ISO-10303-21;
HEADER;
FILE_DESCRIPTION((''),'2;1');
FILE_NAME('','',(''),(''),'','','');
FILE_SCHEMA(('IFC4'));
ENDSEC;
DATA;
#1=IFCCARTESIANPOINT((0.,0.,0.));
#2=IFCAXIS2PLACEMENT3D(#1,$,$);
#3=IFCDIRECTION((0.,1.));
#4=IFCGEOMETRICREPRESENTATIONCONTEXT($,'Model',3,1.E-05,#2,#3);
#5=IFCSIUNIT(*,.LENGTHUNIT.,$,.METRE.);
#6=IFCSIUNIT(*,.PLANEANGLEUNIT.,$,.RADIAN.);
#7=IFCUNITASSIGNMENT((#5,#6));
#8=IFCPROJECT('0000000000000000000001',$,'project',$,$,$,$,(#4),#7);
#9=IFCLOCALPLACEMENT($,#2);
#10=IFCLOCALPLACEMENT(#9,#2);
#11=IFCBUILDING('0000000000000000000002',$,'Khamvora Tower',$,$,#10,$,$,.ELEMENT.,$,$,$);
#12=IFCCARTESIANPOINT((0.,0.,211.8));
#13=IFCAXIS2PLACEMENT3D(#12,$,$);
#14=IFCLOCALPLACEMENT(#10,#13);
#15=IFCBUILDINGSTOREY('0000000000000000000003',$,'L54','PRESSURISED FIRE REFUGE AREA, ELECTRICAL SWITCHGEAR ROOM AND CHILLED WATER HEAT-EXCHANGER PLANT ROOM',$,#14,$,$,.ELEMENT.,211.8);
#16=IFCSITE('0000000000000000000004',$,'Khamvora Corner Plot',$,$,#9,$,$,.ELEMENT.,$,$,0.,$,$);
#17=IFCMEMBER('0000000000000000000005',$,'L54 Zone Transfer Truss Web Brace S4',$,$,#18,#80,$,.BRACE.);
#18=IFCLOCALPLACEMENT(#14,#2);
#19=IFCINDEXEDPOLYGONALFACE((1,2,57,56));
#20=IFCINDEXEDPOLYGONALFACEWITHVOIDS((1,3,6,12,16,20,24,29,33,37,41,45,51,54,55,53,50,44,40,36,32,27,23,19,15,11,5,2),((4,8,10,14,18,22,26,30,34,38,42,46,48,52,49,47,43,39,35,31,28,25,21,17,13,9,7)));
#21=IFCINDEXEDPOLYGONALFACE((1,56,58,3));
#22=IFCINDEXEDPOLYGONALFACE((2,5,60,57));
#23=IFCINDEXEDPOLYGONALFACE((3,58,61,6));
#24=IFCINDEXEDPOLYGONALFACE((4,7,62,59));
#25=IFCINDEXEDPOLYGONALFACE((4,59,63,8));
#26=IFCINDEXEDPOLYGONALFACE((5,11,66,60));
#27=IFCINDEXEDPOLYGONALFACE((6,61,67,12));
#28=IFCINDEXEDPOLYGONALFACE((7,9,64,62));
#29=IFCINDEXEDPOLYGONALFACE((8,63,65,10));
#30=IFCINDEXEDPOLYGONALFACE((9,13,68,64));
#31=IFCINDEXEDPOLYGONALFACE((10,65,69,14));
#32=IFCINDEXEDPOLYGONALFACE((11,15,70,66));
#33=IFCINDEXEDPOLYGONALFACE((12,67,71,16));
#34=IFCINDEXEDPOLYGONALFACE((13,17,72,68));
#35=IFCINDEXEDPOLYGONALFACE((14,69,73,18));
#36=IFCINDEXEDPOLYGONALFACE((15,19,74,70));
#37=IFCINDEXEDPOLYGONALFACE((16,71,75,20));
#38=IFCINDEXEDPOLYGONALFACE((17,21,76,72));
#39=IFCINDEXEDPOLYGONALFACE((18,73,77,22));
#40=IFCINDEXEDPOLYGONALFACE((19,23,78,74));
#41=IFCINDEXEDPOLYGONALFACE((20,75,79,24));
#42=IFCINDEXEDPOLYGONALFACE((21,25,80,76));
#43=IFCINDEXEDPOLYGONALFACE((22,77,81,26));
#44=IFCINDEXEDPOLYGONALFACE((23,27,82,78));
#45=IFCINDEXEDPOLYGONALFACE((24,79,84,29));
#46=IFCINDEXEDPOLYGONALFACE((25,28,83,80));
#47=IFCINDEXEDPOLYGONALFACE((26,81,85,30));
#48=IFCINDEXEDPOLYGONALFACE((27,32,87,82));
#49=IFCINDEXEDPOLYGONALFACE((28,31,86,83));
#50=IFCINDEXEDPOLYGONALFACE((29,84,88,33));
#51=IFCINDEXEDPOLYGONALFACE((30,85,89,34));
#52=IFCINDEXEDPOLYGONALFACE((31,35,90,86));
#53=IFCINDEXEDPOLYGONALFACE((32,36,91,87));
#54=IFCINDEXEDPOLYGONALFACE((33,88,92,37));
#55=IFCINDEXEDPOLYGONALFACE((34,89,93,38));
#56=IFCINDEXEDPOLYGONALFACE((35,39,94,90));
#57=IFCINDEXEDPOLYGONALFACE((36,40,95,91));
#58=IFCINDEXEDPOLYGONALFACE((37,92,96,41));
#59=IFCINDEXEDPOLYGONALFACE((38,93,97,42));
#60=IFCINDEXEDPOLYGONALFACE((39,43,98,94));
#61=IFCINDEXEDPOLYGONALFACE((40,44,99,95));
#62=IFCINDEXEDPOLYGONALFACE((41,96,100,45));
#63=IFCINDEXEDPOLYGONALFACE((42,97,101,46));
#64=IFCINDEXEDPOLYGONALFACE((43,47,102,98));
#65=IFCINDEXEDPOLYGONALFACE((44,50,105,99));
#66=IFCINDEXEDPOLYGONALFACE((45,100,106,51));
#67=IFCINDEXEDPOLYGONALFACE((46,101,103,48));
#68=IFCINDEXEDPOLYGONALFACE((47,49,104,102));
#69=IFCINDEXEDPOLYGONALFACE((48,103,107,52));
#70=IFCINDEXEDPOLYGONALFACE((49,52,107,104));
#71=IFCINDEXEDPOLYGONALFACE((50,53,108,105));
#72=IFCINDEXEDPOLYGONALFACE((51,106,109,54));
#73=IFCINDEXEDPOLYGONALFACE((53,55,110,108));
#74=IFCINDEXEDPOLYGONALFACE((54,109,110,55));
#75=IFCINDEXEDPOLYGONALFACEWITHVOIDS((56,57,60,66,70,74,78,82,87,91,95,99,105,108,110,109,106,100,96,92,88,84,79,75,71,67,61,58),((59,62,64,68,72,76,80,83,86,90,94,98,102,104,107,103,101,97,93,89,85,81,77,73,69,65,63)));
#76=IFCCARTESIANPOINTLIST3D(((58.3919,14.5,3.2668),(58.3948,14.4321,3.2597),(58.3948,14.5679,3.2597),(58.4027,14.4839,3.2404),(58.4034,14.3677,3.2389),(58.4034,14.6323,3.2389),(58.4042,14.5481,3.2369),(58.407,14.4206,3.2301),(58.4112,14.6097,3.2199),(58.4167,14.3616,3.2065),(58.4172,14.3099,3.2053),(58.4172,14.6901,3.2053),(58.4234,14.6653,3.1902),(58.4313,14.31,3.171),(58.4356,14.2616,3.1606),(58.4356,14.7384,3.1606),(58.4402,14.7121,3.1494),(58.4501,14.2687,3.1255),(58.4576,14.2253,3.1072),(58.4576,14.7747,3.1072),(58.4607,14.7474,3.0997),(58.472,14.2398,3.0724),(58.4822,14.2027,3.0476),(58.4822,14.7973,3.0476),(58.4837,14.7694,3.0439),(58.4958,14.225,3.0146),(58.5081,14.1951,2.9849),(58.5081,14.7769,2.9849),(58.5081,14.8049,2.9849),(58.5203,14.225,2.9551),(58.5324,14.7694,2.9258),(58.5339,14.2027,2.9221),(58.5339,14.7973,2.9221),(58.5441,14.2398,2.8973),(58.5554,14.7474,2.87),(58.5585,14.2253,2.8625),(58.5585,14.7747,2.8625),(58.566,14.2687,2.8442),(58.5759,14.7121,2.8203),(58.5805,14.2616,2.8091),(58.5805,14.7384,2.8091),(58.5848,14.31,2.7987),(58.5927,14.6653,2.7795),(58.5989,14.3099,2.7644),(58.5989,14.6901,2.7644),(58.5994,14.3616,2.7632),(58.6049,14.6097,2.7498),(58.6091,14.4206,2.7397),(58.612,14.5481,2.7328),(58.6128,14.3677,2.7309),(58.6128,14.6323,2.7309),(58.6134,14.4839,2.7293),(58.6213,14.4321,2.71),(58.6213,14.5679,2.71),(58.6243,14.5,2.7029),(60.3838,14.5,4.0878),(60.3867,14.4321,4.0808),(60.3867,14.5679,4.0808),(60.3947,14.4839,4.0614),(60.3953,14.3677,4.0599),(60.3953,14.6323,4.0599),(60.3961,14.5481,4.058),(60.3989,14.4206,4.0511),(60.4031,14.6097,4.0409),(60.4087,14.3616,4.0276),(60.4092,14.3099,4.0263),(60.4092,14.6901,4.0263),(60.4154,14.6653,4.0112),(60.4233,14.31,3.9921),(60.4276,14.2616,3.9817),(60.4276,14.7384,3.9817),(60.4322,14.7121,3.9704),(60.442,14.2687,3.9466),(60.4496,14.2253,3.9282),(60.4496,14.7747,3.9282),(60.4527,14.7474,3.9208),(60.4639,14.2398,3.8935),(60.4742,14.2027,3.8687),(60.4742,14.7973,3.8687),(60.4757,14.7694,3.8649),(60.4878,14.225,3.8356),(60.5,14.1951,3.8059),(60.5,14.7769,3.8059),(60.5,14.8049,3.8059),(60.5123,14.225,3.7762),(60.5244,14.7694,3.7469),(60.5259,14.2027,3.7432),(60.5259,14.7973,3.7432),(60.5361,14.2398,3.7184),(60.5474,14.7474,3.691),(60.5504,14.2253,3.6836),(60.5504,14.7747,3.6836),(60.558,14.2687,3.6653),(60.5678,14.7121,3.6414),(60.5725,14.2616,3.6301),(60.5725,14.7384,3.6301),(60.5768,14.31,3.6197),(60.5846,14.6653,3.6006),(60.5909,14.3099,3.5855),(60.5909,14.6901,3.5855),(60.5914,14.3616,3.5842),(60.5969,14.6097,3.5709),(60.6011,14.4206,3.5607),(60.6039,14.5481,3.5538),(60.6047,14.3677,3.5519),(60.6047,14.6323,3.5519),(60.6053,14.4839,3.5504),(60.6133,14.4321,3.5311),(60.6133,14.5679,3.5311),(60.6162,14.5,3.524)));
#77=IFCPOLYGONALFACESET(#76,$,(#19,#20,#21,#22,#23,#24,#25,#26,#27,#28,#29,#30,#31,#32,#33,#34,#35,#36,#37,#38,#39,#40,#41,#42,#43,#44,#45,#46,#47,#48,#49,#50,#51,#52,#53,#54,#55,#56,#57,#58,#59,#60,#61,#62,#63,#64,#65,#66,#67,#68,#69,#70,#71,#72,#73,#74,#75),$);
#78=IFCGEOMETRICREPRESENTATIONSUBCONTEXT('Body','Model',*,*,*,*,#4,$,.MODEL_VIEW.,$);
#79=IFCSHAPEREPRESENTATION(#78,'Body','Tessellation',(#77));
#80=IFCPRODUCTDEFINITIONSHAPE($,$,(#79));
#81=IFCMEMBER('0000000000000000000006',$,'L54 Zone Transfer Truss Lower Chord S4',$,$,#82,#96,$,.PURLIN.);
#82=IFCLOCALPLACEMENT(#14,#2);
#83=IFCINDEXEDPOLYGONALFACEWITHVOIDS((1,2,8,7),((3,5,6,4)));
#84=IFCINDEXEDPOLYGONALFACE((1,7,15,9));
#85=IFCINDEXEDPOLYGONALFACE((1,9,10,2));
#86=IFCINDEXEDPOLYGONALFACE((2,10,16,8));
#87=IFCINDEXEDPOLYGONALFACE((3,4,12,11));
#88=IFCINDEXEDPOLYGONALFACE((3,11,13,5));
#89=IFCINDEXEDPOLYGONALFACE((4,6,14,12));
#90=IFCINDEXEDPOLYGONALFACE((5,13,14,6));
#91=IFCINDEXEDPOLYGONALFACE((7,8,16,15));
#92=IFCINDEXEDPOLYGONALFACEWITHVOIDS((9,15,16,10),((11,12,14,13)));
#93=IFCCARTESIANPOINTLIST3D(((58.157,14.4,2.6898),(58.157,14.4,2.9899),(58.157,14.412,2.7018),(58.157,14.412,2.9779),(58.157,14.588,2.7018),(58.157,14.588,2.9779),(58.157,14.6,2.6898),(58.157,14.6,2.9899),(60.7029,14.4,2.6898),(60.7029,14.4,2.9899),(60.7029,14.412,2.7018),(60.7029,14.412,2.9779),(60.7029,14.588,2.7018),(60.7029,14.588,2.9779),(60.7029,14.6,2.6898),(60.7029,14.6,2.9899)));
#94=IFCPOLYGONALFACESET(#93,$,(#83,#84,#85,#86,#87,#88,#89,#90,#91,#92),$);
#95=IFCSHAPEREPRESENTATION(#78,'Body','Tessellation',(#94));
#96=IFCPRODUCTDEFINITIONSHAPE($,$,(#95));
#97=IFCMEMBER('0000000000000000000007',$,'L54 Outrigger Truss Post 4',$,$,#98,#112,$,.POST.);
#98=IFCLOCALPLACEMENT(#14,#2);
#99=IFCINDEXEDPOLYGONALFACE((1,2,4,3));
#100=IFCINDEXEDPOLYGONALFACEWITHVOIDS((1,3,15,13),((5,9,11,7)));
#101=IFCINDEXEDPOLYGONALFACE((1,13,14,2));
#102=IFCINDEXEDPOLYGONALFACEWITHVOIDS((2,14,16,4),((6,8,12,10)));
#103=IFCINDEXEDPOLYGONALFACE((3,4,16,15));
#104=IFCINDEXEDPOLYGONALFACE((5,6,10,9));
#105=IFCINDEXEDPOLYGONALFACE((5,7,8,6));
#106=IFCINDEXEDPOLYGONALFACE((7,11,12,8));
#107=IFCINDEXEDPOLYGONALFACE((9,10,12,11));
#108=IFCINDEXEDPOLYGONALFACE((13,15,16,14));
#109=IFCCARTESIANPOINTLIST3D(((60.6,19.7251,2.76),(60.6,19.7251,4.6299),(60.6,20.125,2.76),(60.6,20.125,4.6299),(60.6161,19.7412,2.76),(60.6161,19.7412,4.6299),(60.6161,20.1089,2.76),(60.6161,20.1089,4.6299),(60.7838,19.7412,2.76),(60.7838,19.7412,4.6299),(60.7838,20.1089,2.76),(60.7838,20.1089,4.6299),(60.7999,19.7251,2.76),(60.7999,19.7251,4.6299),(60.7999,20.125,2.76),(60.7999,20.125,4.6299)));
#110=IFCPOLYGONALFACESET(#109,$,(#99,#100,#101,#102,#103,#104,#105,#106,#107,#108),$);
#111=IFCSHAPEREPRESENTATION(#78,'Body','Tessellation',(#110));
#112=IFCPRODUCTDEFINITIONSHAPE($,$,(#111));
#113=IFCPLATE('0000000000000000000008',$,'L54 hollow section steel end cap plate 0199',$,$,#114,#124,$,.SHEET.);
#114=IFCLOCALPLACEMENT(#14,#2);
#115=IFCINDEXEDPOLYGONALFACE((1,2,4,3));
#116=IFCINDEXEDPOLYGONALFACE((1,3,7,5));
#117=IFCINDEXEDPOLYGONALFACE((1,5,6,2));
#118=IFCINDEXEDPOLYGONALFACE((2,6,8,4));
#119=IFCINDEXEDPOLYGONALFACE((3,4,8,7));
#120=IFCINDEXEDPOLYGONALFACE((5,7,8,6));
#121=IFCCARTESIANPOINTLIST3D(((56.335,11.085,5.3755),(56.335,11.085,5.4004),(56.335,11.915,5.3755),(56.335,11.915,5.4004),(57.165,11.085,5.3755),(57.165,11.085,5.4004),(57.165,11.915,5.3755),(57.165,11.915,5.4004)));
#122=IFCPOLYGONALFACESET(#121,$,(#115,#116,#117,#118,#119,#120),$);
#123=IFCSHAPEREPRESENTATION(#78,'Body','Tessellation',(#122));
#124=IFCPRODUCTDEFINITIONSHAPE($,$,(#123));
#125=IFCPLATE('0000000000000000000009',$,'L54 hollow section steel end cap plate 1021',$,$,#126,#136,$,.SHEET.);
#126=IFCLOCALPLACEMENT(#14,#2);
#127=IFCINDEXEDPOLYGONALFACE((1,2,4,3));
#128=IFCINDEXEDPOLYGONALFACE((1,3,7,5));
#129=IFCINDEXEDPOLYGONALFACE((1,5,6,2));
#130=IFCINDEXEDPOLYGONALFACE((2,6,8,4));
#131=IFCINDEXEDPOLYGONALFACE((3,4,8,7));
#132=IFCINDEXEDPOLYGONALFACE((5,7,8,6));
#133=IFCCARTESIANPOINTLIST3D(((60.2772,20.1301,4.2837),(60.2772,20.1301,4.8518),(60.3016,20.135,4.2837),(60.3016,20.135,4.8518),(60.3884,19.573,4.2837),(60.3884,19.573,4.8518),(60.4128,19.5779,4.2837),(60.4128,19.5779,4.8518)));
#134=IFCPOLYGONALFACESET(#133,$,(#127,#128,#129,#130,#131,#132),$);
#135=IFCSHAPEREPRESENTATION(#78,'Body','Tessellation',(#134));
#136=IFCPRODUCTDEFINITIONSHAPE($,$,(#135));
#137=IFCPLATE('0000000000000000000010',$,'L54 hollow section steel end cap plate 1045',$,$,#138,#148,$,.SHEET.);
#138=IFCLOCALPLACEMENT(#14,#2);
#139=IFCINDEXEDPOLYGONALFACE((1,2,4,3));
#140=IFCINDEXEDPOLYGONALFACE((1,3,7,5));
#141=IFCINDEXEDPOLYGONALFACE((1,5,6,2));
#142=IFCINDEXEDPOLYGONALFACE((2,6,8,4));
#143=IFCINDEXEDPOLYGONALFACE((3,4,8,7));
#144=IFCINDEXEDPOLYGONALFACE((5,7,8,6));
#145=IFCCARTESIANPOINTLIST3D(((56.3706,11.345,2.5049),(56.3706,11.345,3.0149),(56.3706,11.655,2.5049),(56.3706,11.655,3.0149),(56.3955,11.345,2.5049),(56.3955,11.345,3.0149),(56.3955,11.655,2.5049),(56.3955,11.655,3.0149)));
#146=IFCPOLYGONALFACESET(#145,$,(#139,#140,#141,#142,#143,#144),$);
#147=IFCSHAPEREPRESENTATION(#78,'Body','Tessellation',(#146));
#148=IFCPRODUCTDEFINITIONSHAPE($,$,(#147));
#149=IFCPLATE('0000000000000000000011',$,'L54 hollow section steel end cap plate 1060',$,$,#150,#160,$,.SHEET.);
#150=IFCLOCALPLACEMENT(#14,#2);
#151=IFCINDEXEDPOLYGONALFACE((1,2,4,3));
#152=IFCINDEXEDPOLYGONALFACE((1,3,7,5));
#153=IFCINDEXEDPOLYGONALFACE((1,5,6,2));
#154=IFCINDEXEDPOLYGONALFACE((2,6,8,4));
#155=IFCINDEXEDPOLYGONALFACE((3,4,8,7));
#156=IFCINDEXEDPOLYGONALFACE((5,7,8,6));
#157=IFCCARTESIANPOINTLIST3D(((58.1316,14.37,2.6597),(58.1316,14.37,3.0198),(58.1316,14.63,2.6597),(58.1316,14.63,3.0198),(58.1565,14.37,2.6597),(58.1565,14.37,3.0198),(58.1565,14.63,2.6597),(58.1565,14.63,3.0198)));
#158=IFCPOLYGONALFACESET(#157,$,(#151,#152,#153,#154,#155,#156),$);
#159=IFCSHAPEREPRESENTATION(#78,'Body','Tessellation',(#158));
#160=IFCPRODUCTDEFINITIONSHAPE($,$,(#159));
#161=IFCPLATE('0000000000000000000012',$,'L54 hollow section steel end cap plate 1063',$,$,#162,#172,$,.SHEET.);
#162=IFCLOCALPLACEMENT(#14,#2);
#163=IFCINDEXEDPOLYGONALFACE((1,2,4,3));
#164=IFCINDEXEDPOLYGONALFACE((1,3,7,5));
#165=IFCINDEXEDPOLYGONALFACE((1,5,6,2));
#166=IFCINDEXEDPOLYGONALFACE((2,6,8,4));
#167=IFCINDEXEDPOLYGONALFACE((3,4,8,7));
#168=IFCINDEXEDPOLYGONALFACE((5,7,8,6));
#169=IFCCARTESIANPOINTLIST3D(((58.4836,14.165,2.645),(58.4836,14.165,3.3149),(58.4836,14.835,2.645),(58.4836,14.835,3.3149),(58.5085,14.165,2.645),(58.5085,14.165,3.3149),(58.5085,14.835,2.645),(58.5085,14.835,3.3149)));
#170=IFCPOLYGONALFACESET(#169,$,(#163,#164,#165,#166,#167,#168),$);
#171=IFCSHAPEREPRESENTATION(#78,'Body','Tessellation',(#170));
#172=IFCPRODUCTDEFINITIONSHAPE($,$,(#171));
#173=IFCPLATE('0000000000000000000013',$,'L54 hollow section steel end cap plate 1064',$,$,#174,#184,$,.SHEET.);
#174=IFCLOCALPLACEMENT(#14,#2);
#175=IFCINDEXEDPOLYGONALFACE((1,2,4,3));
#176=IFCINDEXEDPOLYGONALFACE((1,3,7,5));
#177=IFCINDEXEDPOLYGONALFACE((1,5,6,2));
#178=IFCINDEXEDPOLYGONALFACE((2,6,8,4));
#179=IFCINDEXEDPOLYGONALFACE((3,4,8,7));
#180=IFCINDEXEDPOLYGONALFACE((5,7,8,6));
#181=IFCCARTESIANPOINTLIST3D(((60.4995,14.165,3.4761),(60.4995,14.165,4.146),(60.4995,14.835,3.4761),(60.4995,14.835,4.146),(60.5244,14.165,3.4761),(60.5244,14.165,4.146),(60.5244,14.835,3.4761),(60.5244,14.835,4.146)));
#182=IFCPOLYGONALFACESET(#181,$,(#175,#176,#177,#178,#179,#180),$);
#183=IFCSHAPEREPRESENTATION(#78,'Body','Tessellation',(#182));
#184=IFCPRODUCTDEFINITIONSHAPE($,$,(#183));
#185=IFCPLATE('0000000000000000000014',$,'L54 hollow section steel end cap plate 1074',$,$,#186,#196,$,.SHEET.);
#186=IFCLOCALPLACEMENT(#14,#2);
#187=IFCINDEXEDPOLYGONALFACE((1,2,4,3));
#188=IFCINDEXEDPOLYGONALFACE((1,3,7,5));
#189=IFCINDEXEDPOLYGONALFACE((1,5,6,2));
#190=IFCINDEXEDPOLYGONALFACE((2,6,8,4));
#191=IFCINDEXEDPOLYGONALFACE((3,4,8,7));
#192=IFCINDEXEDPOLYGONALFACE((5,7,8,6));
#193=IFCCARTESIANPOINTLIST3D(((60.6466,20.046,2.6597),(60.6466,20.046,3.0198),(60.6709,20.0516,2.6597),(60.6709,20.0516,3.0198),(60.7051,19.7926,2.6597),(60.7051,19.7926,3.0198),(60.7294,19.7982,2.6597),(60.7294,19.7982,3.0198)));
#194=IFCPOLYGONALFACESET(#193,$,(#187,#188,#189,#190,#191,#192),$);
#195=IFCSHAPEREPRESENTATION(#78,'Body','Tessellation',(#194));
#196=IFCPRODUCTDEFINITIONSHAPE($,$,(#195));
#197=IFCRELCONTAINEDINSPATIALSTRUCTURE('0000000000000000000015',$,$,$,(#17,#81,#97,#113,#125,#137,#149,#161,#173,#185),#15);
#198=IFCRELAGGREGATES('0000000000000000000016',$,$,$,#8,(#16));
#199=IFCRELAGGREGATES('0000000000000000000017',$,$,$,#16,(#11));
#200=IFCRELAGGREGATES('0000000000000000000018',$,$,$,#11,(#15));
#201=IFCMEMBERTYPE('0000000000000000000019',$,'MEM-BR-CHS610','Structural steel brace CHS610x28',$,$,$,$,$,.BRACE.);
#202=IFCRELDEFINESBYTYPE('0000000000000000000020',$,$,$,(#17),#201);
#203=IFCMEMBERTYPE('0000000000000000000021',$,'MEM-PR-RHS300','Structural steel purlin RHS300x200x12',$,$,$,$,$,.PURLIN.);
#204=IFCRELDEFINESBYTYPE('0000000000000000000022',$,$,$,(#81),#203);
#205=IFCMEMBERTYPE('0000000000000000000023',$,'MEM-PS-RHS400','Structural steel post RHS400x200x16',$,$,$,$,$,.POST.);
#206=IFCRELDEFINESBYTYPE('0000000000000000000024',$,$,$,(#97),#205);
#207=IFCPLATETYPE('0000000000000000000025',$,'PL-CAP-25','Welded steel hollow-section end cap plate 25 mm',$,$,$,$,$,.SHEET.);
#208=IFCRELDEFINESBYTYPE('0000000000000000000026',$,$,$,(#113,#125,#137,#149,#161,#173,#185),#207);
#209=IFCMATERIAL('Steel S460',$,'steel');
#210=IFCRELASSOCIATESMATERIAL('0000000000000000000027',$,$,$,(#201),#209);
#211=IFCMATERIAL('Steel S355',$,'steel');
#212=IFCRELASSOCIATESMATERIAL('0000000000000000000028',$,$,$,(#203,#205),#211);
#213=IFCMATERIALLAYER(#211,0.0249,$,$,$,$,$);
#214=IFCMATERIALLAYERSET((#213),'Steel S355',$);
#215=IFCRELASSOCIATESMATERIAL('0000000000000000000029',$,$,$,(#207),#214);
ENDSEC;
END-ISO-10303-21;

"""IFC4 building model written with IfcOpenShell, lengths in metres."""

from ifc_helpers import new_model, si_unit, direction, frame, origin, origin_2d, place, context, subcontext, project, spatial, rectangle, hollow_rectangle, hollow_circle, extrude, material, layer, layer_set, material_profile, profile_set, type_object, element, save


model = new_model("IFC4")

# Units and contexts
model_context = context("Model", 3, precision=1e-05, world=origin(), true_north=direction((0.0, 1.0)))
body_context = subcontext(model_context, "Body", "Model", "MODEL_VIEW")
ifc_project = project(units=[si_unit("LENGTHUNIT", "METRE"), si_unit("PLANEANGLEUNIT", "RADIAN")], contexts=[model_context])

# Site, building, storey
site_placement = place(None, origin())
site = spatial("IfcSite", under=ifc_project, at=site_placement, Name="Khamvora Corner Plot", CompositionType="ELEMENT", RefElevation=0.0)
building_placement = place(site_placement, origin())
building = spatial("IfcBuilding", under=site, at=building_placement, Name="Khamvora Tower", CompositionType="ELEMENT")
storey_placement = place(building_placement, frame((0.0, 0.0, 211.8)))
storey = spatial("IfcBuildingStorey", under=building, at=storey_placement, Name="L54", Description="PRESSURISED FIRE REFUGE AREA, ELECTRICAL SWITCHGEAR ROOM AND CHILLED WATER HEAT-EXCHANGER PLANT ROOM", CompositionType="ELEMENT", Elevation=211.8)

# Shared definitions
ifc_material_1 = material(Name="Steel S355", Category="steel")

# Shared definitions
ifc_material_2 = material(Name="Steel S460", Category="steel")

# Members
ifc_material_profile_1 = material_profile(ifc_material_2, hollow_circle(Radius=0.3049, WallThickness=0.0281, at=origin_2d()), Name="CHS610x28")
ifc_profile_set_1 = profile_set([ifc_material_profile_1], Name="Steel S460")
member_type_1 = type_object("IfcMemberType", Name="MEM-BR-CHS610", Description="Structural steel brace CHS610x28", PredefinedType="BRACE", material=ifc_profile_set_1)
member_1_placement = place(storey_placement, frame((58.5081, 14.5, 2.9849), z_axis=(0.924542, 0.0, 0.38108), x_axis=(0.0, 1.0, 0.0)))
element("IfcMember", 1, at=member_1_placement, inside=storey, type_object=member_type_1, Name="L54 Zone Transfer Truss Web Brace S4", PredefinedType="BRACE", context=body_context, shape_type="SweptSolid", body=[
    extrude(hollow_circle(Radius=0.3049, WallThickness=0.0281, at=origin_2d()), origin(), (0.0, 0.0, 1.0), 2.1545),
])
ifc_material_profile_2 = material_profile(ifc_material_1, hollow_rectangle(XDim=0.2, YDim=0.3, WallThickness=0.012, at=origin_2d()), Name="RHS300x200x12")
ifc_profile_set_2 = profile_set([ifc_material_profile_2], Name="Steel S355")
member_type_2 = type_object("IfcMemberType", Name="MEM-PR-RHS300", Description="Structural steel purlin RHS300x200x12", PredefinedType="PURLIN", material=ifc_profile_set_2)
member_2_placement = place(storey_placement, frame((58.157, 14.5, 2.8398), z_axis=(1.0, 0.0, 0.0), x_axis=(0.0, 1.0, 0.0)))
element("IfcMember", 2, at=member_2_placement, inside=storey, type_object=member_type_2, Name="L54 Zone Transfer Truss Lower Chord S4", PredefinedType="PURLIN", context=body_context, shape_type="SweptSolid", body=[
    extrude(hollow_rectangle(XDim=0.2, YDim=0.3, WallThickness=0.012, at=origin_2d()), origin(), (0.0, 0.0, 1.0), 2.5459),
])
ifc_material_profile_3 = material_profile(ifc_material_1, hollow_rectangle(XDim=0.2, YDim=0.3999, WallThickness=0.0161, at=origin_2d()), Name="RHS400x200x16")
ifc_profile_set_3 = profile_set([ifc_material_profile_3], Name="Steel S355")
member_type_3 = type_object("IfcMemberType", Name="MEM-PS-RHS400", Description="Structural steel post RHS400x200x16", PredefinedType="POST", material=ifc_profile_set_3)
member_3_placement = place(storey_placement, frame((60.7, 19.925, 2.76), z_axis=(0.0, 0.0, 1.0), x_axis=(1.0, 0.0, 0.0)))
element("IfcMember", 3, at=member_3_placement, inside=storey, type_object=member_type_3, Name="L54 Outrigger Truss Post 4", PredefinedType="POST", context=body_context, shape_type="SweptSolid", body=[
    extrude(hollow_rectangle(XDim=0.2, YDim=0.3999, WallThickness=0.0161, at=origin_2d()), origin(), (0.0, 0.0, 1.0), 1.8699),
])

# Plates
ifc_layer_1 = layer(ifc_material_1, 0.0249)
ifc_layer_set_1 = layer_set([ifc_layer_1], Name="Steel S355")
plate_type_1 = type_object("IfcPlateType", Name="PL-CAP-25", Description="Welded steel hollow-section end cap plate 25 mm", PredefinedType="SHEET", material=ifc_layer_set_1)
plate_1_placement = place(storey_placement, frame((56.75, 11.5, 5.3755), z_axis=(0.0, 0.0, 1.0), x_axis=(1.0, 0.0, 0.0)))
element("IfcPlate", 4, at=plate_1_placement, inside=storey, type_object=plate_type_1, Name="L54 hollow section steel end cap plate 0199", PredefinedType="SHEET", context=body_context, shape_type="SweptSolid", body=[
    extrude(rectangle(XDim=0.8301, YDim=0.8301, at=origin_2d()), origin(), (0.0, 0.0, 1.0), 0.0249),
])
plate_2_placement = place(storey_placement, frame((60.345, 19.854, 4.2837), z_axis=(0.0, 0.0, 1.0), x_axis=(0.980659, 0.195724, 0.0)))
element("IfcPlate", 5, at=plate_2_placement, inside=storey, type_object=plate_type_1, Name="L54 hollow section steel end cap plate 1021", PredefinedType="SHEET", context=body_context, shape_type="SweptSolid", body=[
    extrude(rectangle(XDim=0.0249, YDim=0.5681, at=origin_2d()), origin(), (0.0, 0.0, 1.0), 0.5681),
])
plate_3_placement = place(storey_placement, frame((56.3831, 11.5, 2.5049), z_axis=(0.0, 0.0, 1.0), x_axis=(1.0, 0.0, 0.0)))
element("IfcPlate", 6, at=plate_3_placement, inside=storey, type_object=plate_type_1, Name="L54 hollow section steel end cap plate 1045", PredefinedType="SHEET", context=body_context, shape_type="SweptSolid", body=[
    extrude(rectangle(XDim=0.0249, YDim=0.3101, at=origin_2d()), origin(), (0.0, 0.0, 1.0), 0.51),
])
plate_4_placement = place(storey_placement, frame((58.144, 14.5, 2.6597), z_axis=(0.0, 0.0, 1.0), x_axis=(1.0, 0.0, 0.0)))
element("IfcPlate", 7, at=plate_4_placement, inside=storey, type_object=plate_type_1, Name="L54 hollow section steel end cap plate 1060", PredefinedType="SHEET", context=body_context, shape_type="SweptSolid", body=[
    extrude(rectangle(XDim=0.0249, YDim=0.26, at=origin_2d()), origin(), (0.0, 0.0, 1.0), 0.3601),
])
for number, where, z_axis, x_axis, name in (
    (8, (58.4961, 14.5, 2.645), (0.0, 0.0, 1.0), (1.0, 0.0, 0.0), "L54 hollow section steel end cap plate 1063"),
    (9, (60.512, 14.5, 3.4761), (0.0, 0.0, 1.0), (1.0, 0.0, 0.0), "L54 hollow section steel end cap plate 1064"),
):
    element("IfcPlate", number, at=place(storey_placement, frame(where, z_axis=z_axis, x_axis=x_axis)), inside=storey, type_object=plate_type_1, Name=name, PredefinedType="SHEET", context=body_context, shape_type="SweptSolid", body=[
        extrude(rectangle(XDim=0.0249, YDim=0.6699, at=origin_2d()), origin(), (0.0, 0.0, 1.0), 0.6699),
    ])
plate_5_placement = place(storey_placement, frame((60.688, 19.9221, 2.6597), z_axis=(0.0, 0.0, 1.0), x_axis=(0.97439, 0.224866, 0.0)))
element("IfcPlate", 10, at=plate_5_placement, inside=storey, type_object=plate_type_1, Name="L54 hollow section steel end cap plate 1074", PredefinedType="SHEET", context=body_context, shape_type="SweptSolid", body=[
    extrude(rectangle(XDim=0.0249, YDim=0.26, at=origin_2d()), origin(), (0.0, 0.0, 1.0), 0.3601),
])

save(model, "model.ifc")
